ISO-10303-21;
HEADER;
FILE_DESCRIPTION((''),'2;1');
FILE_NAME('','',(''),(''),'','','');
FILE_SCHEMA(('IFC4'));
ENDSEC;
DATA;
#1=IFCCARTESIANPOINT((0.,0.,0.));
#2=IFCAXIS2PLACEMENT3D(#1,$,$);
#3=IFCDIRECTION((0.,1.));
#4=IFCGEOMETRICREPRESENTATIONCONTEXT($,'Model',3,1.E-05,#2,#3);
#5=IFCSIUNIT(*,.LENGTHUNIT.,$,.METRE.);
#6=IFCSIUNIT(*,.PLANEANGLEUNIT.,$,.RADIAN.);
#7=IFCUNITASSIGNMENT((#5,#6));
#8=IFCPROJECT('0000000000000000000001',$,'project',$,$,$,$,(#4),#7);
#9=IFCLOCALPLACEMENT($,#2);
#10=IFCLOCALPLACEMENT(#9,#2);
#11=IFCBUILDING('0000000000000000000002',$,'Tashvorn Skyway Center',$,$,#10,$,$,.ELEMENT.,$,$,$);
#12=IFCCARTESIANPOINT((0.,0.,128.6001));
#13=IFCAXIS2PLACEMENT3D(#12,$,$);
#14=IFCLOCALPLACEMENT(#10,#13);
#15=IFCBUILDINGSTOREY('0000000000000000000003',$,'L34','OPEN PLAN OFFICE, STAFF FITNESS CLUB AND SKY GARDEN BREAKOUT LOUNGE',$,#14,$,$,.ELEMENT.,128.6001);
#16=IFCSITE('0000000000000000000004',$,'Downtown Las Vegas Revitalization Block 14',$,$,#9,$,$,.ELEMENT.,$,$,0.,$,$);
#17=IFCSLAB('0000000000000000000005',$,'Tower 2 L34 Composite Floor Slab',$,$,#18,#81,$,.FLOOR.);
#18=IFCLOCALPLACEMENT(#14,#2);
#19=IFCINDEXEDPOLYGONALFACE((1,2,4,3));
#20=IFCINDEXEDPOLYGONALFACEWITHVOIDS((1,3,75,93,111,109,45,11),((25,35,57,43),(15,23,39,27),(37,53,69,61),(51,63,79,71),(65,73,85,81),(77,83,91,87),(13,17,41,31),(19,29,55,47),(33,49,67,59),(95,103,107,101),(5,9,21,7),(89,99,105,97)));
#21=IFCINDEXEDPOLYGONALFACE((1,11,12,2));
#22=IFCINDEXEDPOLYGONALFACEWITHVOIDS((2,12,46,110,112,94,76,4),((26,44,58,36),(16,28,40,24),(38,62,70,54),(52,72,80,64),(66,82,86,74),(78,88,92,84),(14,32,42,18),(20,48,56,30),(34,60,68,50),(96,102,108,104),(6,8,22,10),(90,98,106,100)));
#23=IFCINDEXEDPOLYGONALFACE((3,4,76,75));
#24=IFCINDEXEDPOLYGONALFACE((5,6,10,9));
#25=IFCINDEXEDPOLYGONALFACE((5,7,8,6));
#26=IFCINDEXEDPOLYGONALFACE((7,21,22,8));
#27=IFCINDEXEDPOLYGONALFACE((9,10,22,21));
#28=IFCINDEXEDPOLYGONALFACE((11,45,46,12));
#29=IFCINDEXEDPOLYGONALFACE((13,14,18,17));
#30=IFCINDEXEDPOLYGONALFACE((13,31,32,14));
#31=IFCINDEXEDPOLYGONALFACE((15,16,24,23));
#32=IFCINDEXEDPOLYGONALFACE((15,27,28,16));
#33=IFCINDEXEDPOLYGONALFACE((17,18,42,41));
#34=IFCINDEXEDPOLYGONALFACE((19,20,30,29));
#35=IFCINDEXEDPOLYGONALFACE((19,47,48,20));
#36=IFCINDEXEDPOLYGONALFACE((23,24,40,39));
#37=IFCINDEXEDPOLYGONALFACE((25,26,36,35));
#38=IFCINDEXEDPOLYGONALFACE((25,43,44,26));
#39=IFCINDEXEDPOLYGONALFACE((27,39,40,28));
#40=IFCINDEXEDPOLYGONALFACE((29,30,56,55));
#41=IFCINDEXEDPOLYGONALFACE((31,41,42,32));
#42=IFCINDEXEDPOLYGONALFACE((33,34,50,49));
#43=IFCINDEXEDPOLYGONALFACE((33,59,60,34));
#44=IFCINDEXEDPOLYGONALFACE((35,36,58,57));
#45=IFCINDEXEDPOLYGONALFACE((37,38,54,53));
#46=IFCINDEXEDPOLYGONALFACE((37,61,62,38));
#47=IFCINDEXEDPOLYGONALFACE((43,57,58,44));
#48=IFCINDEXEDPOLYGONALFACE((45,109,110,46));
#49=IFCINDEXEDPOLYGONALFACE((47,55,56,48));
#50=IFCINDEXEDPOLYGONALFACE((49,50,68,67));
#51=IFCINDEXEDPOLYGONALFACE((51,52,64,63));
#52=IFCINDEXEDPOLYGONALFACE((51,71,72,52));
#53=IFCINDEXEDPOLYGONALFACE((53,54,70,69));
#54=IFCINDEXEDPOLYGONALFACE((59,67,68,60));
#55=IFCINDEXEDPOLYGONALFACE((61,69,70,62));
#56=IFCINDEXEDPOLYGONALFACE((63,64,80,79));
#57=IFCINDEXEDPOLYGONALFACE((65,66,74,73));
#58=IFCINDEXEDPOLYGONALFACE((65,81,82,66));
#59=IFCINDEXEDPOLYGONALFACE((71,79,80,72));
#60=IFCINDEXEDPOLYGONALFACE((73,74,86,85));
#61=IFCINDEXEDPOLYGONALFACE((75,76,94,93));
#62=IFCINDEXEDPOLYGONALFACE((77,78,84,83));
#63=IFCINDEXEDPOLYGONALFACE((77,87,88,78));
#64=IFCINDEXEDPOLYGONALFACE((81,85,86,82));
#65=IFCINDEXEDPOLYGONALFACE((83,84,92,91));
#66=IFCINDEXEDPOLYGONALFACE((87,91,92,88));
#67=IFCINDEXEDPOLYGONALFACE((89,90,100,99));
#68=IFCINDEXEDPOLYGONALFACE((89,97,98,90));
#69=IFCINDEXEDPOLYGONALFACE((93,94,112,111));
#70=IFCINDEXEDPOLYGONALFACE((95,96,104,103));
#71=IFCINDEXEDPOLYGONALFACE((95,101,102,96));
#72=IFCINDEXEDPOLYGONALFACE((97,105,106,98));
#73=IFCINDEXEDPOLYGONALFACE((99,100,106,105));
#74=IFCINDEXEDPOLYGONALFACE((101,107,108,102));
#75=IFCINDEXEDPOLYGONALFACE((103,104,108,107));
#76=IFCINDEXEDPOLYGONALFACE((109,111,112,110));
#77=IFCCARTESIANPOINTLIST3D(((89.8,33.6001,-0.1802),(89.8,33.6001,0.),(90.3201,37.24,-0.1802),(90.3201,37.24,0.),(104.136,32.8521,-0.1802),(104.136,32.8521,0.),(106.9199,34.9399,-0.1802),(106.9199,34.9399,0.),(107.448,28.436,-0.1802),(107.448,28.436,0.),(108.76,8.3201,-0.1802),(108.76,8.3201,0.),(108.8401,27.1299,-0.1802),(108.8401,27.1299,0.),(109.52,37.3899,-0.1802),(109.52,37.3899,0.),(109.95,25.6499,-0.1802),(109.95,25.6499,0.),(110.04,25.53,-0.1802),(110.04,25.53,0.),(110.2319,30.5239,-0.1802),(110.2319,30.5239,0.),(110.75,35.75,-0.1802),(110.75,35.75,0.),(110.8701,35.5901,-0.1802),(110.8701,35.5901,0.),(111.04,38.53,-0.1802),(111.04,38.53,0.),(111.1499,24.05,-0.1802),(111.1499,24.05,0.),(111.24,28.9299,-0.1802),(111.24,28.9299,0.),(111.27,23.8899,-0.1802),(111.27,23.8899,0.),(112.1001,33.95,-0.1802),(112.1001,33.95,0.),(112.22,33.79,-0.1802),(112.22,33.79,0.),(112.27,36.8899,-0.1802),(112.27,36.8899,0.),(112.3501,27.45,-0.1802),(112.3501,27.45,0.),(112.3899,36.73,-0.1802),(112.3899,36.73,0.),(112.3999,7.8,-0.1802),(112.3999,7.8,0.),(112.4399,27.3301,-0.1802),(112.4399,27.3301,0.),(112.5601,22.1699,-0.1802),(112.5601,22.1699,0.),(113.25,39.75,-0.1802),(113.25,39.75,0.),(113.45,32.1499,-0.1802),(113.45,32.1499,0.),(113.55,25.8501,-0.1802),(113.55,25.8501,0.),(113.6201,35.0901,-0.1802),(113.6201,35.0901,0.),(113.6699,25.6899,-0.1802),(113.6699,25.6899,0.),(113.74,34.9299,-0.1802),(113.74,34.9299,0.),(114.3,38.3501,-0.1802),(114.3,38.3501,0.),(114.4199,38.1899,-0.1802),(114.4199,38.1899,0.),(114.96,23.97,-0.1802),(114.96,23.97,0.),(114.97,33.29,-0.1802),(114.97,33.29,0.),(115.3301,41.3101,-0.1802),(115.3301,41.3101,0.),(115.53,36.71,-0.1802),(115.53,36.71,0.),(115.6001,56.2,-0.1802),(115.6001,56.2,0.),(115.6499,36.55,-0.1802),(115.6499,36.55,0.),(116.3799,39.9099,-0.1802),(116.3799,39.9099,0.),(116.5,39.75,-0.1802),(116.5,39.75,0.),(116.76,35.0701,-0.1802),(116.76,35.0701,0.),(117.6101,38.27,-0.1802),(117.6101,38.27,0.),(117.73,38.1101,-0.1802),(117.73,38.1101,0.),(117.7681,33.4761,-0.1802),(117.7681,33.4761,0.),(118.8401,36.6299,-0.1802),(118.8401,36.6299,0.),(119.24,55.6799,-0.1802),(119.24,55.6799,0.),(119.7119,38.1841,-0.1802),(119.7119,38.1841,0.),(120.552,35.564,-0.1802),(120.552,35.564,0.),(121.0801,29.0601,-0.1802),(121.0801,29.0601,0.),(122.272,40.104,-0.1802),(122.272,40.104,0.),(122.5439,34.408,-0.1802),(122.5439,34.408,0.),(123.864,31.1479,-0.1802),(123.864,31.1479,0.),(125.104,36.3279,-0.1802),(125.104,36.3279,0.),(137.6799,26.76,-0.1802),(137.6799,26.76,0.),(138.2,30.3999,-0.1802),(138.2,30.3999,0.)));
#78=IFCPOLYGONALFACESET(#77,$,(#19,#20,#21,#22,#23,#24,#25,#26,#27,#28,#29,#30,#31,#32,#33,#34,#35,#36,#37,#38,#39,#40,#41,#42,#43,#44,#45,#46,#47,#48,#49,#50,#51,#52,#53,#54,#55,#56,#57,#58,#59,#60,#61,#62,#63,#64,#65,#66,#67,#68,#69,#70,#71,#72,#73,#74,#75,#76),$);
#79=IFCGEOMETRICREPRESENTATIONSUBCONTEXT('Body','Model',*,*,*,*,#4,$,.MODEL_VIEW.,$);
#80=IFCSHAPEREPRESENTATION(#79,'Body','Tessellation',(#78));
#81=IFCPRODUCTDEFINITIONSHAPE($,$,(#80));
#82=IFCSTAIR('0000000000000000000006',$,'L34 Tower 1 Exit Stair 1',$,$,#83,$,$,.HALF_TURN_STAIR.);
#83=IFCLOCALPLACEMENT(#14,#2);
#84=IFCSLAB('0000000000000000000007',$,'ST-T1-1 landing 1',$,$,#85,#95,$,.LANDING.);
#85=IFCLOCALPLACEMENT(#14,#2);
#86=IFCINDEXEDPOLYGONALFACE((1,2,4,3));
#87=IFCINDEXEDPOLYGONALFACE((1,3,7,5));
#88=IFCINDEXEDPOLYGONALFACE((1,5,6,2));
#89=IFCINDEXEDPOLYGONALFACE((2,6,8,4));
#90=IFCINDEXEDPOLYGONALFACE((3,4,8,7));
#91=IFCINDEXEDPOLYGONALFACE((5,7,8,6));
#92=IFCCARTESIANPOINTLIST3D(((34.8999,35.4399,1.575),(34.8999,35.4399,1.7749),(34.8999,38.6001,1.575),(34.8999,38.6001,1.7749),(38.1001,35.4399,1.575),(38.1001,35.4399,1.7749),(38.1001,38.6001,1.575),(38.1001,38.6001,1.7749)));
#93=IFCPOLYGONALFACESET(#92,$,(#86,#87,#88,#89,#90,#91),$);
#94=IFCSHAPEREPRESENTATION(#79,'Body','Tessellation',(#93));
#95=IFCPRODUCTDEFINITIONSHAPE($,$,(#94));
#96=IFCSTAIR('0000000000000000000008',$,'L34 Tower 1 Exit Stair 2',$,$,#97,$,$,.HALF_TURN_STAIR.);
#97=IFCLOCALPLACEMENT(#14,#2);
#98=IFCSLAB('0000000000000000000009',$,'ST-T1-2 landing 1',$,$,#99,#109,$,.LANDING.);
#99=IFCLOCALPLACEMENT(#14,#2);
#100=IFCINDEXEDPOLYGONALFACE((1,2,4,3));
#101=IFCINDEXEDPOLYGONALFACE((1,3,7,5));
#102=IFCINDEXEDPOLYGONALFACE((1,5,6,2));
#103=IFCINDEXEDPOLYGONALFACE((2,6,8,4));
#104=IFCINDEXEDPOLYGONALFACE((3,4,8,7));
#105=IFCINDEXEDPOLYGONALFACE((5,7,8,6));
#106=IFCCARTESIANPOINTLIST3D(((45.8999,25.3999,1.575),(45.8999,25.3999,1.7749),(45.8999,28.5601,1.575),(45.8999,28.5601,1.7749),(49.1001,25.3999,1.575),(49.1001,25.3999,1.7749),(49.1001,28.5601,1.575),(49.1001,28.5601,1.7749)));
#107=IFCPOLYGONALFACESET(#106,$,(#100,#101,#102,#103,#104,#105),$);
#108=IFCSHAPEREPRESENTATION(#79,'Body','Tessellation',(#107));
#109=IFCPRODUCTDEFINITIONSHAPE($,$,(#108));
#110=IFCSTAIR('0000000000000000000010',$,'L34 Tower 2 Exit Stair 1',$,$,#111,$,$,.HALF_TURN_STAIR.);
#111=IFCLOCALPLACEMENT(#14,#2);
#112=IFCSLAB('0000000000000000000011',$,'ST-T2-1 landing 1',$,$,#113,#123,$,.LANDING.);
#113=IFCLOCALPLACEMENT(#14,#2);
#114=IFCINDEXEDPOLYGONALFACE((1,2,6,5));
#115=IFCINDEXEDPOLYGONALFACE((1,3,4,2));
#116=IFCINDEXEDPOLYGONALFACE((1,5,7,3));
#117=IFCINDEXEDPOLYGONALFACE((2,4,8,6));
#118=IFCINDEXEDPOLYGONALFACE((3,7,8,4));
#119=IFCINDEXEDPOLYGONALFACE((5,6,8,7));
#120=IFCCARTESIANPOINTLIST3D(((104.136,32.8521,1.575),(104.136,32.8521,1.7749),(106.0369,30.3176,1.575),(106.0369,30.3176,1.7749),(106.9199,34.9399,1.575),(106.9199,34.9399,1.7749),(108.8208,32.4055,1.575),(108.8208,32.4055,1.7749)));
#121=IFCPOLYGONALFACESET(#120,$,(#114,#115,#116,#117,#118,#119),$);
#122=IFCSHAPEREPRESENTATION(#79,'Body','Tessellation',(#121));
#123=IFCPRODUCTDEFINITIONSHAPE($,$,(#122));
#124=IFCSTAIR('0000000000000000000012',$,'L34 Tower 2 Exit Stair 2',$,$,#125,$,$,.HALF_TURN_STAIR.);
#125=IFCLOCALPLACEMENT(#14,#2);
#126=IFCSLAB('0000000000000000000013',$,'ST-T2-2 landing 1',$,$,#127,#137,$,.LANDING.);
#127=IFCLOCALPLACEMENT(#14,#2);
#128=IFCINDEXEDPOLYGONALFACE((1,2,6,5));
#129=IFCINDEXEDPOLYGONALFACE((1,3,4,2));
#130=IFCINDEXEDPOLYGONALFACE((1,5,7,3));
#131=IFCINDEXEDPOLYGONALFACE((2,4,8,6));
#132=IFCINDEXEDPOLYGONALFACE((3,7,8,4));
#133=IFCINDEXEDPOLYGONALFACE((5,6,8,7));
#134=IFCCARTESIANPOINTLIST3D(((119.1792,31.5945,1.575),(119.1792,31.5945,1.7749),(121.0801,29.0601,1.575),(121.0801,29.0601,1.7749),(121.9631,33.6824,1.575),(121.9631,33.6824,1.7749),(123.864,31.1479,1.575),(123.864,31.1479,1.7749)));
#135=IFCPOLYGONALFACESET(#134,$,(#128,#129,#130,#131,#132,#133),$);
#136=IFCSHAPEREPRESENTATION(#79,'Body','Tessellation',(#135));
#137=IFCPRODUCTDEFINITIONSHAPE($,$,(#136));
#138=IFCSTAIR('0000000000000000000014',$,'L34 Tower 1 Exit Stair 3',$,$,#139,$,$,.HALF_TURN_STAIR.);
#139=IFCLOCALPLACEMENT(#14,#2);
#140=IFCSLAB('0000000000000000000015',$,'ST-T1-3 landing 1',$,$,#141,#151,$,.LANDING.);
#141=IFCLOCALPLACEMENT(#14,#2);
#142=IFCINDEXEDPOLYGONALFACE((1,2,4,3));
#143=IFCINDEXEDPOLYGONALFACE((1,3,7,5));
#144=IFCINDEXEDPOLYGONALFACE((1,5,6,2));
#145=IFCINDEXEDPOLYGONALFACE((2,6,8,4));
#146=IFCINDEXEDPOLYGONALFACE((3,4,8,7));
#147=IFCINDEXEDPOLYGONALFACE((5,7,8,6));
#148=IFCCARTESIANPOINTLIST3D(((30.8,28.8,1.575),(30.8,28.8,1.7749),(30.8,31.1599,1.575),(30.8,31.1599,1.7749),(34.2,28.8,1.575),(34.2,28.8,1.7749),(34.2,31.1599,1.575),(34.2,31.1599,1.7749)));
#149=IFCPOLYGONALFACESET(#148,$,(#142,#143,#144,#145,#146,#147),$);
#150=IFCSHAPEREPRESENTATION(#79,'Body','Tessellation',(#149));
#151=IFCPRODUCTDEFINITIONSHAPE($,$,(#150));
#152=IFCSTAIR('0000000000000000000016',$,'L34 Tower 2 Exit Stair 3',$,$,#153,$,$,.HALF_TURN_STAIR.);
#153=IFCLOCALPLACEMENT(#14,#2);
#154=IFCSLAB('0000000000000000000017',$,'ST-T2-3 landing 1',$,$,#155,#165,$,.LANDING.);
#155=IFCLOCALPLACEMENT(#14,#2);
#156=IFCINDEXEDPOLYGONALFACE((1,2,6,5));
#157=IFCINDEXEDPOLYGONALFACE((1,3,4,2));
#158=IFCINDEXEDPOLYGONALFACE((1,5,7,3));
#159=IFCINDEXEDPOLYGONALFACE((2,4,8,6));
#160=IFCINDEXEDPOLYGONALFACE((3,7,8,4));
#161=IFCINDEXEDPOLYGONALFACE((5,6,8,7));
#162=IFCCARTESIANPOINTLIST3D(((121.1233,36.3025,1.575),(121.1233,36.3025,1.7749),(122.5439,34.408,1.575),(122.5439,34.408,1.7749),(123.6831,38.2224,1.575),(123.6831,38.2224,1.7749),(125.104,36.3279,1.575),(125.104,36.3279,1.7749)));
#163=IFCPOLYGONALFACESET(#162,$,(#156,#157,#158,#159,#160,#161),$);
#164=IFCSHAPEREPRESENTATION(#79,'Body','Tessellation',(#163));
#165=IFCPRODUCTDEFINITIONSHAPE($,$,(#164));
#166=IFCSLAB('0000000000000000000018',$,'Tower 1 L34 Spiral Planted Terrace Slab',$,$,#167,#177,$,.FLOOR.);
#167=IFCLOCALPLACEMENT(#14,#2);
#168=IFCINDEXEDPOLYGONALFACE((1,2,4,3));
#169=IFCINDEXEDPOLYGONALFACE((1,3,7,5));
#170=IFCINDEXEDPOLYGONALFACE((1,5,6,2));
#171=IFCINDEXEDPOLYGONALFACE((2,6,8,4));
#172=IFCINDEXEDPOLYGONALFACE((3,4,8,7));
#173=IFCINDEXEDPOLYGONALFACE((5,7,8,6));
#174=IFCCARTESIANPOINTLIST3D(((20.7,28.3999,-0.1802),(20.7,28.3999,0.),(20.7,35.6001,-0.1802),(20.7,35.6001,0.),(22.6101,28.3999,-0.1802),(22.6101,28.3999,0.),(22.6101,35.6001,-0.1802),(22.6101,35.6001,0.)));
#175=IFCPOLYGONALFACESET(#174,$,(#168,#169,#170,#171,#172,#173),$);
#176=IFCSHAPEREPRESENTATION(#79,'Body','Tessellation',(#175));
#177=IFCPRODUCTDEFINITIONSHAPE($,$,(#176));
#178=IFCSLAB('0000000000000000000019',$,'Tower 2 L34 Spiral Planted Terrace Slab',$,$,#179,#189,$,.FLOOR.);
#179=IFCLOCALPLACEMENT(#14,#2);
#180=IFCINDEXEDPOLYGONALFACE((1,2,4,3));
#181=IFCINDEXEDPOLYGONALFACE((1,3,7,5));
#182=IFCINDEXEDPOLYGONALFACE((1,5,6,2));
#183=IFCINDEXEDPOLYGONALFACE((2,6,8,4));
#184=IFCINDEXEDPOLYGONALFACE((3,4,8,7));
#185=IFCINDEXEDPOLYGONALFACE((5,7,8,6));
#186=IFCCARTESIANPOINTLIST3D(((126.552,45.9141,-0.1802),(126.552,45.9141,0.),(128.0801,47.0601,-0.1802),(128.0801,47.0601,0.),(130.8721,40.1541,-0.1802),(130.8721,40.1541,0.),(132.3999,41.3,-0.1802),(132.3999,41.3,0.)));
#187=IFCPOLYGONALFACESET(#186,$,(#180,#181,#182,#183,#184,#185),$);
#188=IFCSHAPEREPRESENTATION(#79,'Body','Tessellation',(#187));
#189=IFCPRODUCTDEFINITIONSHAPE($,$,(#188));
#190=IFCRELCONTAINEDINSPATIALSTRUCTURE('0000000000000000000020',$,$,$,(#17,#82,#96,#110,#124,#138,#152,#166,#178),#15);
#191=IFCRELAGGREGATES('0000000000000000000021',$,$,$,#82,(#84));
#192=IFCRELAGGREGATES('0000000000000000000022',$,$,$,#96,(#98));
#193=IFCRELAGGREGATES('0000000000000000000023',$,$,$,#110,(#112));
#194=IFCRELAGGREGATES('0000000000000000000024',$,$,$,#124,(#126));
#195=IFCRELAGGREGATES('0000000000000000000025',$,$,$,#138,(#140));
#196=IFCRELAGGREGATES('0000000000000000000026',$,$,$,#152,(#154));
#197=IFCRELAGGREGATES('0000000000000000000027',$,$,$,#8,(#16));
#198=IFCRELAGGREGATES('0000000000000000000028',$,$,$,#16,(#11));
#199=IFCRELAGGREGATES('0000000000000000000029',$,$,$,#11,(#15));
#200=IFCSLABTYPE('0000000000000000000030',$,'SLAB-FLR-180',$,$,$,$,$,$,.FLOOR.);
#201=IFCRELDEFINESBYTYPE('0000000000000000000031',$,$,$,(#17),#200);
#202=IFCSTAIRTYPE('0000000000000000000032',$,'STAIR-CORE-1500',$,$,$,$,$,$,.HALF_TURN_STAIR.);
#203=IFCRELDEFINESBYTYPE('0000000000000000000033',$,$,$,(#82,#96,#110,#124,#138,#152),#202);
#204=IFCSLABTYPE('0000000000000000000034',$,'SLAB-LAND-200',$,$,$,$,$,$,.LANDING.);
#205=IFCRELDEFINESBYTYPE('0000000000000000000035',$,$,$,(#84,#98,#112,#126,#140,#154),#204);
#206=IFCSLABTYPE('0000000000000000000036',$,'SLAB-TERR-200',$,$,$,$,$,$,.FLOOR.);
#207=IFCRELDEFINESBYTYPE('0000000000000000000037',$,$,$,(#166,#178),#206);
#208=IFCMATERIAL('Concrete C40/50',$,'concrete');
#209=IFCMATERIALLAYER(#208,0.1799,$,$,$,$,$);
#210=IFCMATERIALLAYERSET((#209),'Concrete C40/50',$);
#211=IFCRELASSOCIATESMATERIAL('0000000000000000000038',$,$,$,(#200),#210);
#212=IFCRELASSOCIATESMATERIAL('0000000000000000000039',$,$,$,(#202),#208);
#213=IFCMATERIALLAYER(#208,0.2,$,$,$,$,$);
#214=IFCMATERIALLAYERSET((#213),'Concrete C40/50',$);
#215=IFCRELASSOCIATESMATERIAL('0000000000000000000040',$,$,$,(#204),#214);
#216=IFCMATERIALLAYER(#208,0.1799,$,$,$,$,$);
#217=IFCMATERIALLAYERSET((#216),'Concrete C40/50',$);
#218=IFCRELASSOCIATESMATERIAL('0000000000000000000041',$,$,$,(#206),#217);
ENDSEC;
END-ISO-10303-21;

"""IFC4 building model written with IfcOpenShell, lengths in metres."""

from ifc_helpers import new_model, si_unit, direction, frame, origin, place, context, subcontext, project, spatial, polyline, outline, extrude, material, layer, layer_set, type_object, element, aggregate, save


model = new_model("IFC4")

# Units and contexts
model_context = context("Model", 3, precision=1e-05, world=origin(), true_north=direction((0.0, 1.0)))
body_context = subcontext(model_context, "Body", "Model", "MODEL_VIEW")
ifc_project = project(units=[si_unit("LENGTHUNIT", "METRE"), si_unit("PLANEANGLEUNIT", "RADIAN")], contexts=[model_context])

# Site, building, storey
site_placement = place(None, origin())
site = spatial("IfcSite", under=ifc_project, at=site_placement, Name="Downtown Las Vegas Revitalization Block 14", CompositionType="ELEMENT", RefElevation=0.0)
building_placement = place(site_placement, origin())
building = spatial("IfcBuilding", under=site, at=building_placement, Name="Tashvorn Skyway Center", CompositionType="ELEMENT")
storey_placement = place(building_placement, frame((0.0, 0.0, 128.6001)))
storey = spatial("IfcBuildingStorey", under=building, at=storey_placement, Name="L34", Description="OPEN PLAN OFFICE, STAFF FITNESS CLUB AND SKY GARDEN BREAKOUT LOUNGE", CompositionType="ELEMENT", Elevation=128.6001)

# Slab
ifc_material_1 = material(Name="Concrete C40/50", Category="concrete")
ifc_layer_1 = layer(ifc_material_1, 0.1799)
ifc_layer_set_1 = layer_set([ifc_layer_1], Name="Concrete C40/50")
slab_type_1 = type_object("IfcSlabType", Name="SLAB-FLR-180", PredefinedType="FLOOR", material=ifc_layer_set_1)
slab_1_placement = place(storey_placement, frame((0.0, 0.0, -0.1802)))
element("IfcSlab", 1, at=slab_1_placement, inside=storey, type_object=slab_type_1, Name="Tower 2 L34 Composite Floor Slab", PredefinedType="FLOOR", context=body_context, shape_type="SweptSolid", body=[
    extrude(outline(polyline([(112.3999, 7.8), (137.6799, 26.76), (138.2, 30.3999), (119.24, 55.6799), (115.6001, 56.2), (90.3201, 37.24), (89.8, 33.6001), (108.76, 8.3201), (112.3999, 7.8)]), holes=[polyline([(110.2319, 30.5239), (106.9199, 34.9399), (104.136, 32.8521), (107.448, 28.436), (110.2319, 30.5239)]), polyline([(117.7681, 33.4761), (121.0801, 29.0601), (123.864, 31.1479), (120.552, 35.564), (117.7681, 33.4761)]), polyline([(119.7119, 38.1841), (122.5439, 34.408), (125.104, 36.3279), (122.272, 40.104), (119.7119, 38.1841)]), polyline([(109.95, 25.6499), (112.3501, 27.45), (111.24, 28.9299), (108.8401, 27.1299), (109.95, 25.6499)]), polyline([(111.1499, 24.05), (113.55, 25.8501), (112.4399, 27.3301), (110.04, 25.53), (111.1499, 24.05)]), polyline([(112.5601, 22.1699), (114.96, 23.97), (113.6699, 25.6899), (111.27, 23.8899), (112.5601, 22.1699)]), polyline([(113.45, 32.1499), (114.97, 33.29), (113.74, 34.9299), (112.22, 33.79), (113.45, 32.1499)]), polyline([(112.1001, 33.95), (113.6201, 35.0901), (112.3899, 36.73), (110.8701, 35.5901), (112.1001, 33.95)]), polyline([(110.75, 35.75), (112.27, 36.8899), (111.04, 38.53), (109.52, 37.3899), (110.75, 35.75)]), polyline([(116.76, 35.0701), (118.8401, 36.6299), (117.73, 38.1101), (115.6499, 36.55), (116.76, 35.0701)]), polyline([(115.53, 36.71), (117.6101, 38.27), (116.5, 39.75), (114.4199, 38.1899), (115.53, 36.71)]), polyline([(114.3, 38.3501), (116.3799, 39.9099), (115.3301, 41.3101), (113.25, 39.75), (114.3, 38.3501)])]), origin(), (0.0, 0.0, 1.0), 0.1802),
])

# Stairs, slabs
stair_type = type_object("IfcStairType", Name="STAIR-CORE-1500", PredefinedType="HALF_TURN_STAIR", material=ifc_material_1)
stair_1_placement = place(storey_placement, origin())
stair_1 = element("IfcStair", 2, at=stair_1_placement, inside=storey, type_object=stair_type, Name="L34 Tower 1 Exit Stair 1", PredefinedType="HALF_TURN_STAIR")
ifc_layer_2 = layer(ifc_material_1, 0.2)
ifc_layer_set_2 = layer_set([ifc_layer_2], Name="Concrete C40/50")
slab_type_2 = type_object("IfcSlabType", Name="SLAB-LAND-200", PredefinedType="LANDING", material=ifc_layer_set_2)
slab_2_placement = place(storey_placement, frame((0.0, 0.0, 1.575)))
slab_2 = element("IfcSlab", 3, at=slab_2_placement, type_object=slab_type_2, Name="ST-T1-1 landing 1", PredefinedType="LANDING", context=body_context, shape_type="SweptSolid", body=[
    extrude(outline(polyline([(38.1001, 35.4399), (38.1001, 38.6001), (34.8999, 38.6001), (34.8999, 35.4399), (38.1001, 35.4399)])), origin(), (0.0, 0.0, 1.0), 0.2),
])
aggregate(stair_1, [slab_2])
stair_2_placement = place(storey_placement, origin())
stair_2 = element("IfcStair", 4, at=stair_2_placement, inside=storey, type_object=stair_type, Name="L34 Tower 1 Exit Stair 2", PredefinedType="HALF_TURN_STAIR")
slab_3_placement = place(storey_placement, frame((0.0, 0.0, 1.575)))
slab_3 = element("IfcSlab", 5, at=slab_3_placement, type_object=slab_type_2, Name="ST-T1-2 landing 1", PredefinedType="LANDING", context=body_context, shape_type="SweptSolid", body=[
    extrude(outline(polyline([(45.8999, 28.5601), (45.8999, 25.3999), (49.1001, 25.3999), (49.1001, 28.5601), (45.8999, 28.5601)])), origin(), (0.0, 0.0, 1.0), 0.2),
])
aggregate(stair_2, [slab_3])
stair_3_placement = place(storey_placement, origin())
stair_3 = element("IfcStair", 6, at=stair_3_placement, inside=storey, type_object=stair_type, Name="L34 Tower 2 Exit Stair 1", PredefinedType="HALF_TURN_STAIR")
slab_4_placement = place(storey_placement, frame((0.0, 0.0, 1.575)))
slab_4 = element("IfcSlab", 7, at=slab_4_placement, type_object=slab_type_2, Name="ST-T2-1 landing 1", PredefinedType="LANDING", context=body_context, shape_type="SweptSolid", body=[
    extrude(outline(polyline([(108.8208, 32.4055), (106.9199, 34.9399), (104.136, 32.8521), (106.0369, 30.3176), (108.8208, 32.4055)])), origin(), (0.0, 0.0, 1.0), 0.2),
])
aggregate(stair_3, [slab_4])
stair_4_placement = place(storey_placement, origin())
stair_4 = element("IfcStair", 8, at=stair_4_placement, inside=storey, type_object=stair_type, Name="L34 Tower 2 Exit Stair 2", PredefinedType="HALF_TURN_STAIR")
slab_5_placement = place(storey_placement, frame((0.0, 0.0, 1.575)))
slab_5 = element("IfcSlab", 9, at=slab_5_placement, type_object=slab_type_2, Name="ST-T2-2 landing 1", PredefinedType="LANDING", context=body_context, shape_type="SweptSolid", body=[
    extrude(outline(polyline([(119.1792, 31.5945), (121.0801, 29.0601), (123.864, 31.1479), (121.9631, 33.6824), (119.1792, 31.5945)])), origin(), (0.0, 0.0, 1.0), 0.2),
])
aggregate(stair_4, [slab_5])
stair_5_placement = place(storey_placement, origin())
stair_5 = element("IfcStair", 10, at=stair_5_placement, inside=storey, type_object=stair_type, Name="L34 Tower 1 Exit Stair 3", PredefinedType="HALF_TURN_STAIR")
slab_6_placement = place(storey_placement, frame((0.0, 0.0, 1.575)))
slab_6 = element("IfcSlab", 11, at=slab_6_placement, type_object=slab_type_2, Name="ST-T1-3 landing 1", PredefinedType="LANDING", context=body_context, shape_type="SweptSolid", body=[
    extrude(outline(polyline([(30.8, 31.1599), (30.8, 28.8), (34.2, 28.8), (34.2, 31.1599), (30.8, 31.1599)])), origin(), (0.0, 0.0, 1.0), 0.2),
])
aggregate(stair_5, [slab_6])
stair_6_placement = place(storey_placement, origin())
stair_6 = element("IfcStair", 12, at=stair_6_placement, inside=storey, type_object=stair_type, Name="L34 Tower 2 Exit Stair 3", PredefinedType="HALF_TURN_STAIR")
slab_7_placement = place(storey_placement, frame((0.0, 0.0, 1.575)))
slab_7 = element("IfcSlab", 13, at=slab_7_placement, type_object=slab_type_2, Name="ST-T2-3 landing 1", PredefinedType="LANDING", context=body_context, shape_type="SweptSolid", body=[
    extrude(outline(polyline([(121.1233, 36.3025), (122.5439, 34.408), (125.104, 36.3279), (123.6831, 38.2224), (121.1233, 36.3025)])), origin(), (0.0, 0.0, 1.0), 0.2),
])
aggregate(stair_6, [slab_7])

# Slabs
ifc_layer_3 = layer(ifc_material_1, 0.1799)
ifc_layer_set_3 = layer_set([ifc_layer_3], Name="Concrete C40/50")
slab_type_3 = type_object("IfcSlabType", Name="SLAB-TERR-200", PredefinedType="FLOOR", material=ifc_layer_set_3)
slab_8_placement = place(storey_placement, frame((0.0, 0.0, -0.1802)))
element("IfcSlab", 14, at=slab_8_placement, inside=storey, type_object=slab_type_3, Name="Tower 1 L34 Spiral Planted Terrace Slab", PredefinedType="FLOOR", context=body_context, shape_type="SweptSolid", body=[
    extrude(outline(polyline([(20.7, 28.3999), (22.6101, 28.3999), (22.6101, 35.6001), (20.7, 35.6001), (20.7, 28.3999)])), origin(), (0.0, 0.0, 1.0), 0.1802),
])
slab_9_placement = place(storey_placement, frame((0.0, 0.0, -0.1802)))
element("IfcSlab", 15, at=slab_9_placement, inside=storey, type_object=slab_type_3, Name="Tower 2 L34 Spiral Planted Terrace Slab", PredefinedType="FLOOR", context=body_context, shape_type="SweptSolid", body=[
    extrude(outline(polyline([(130.8721, 40.1541), (132.3999, 41.3), (128.0801, 47.0601), (126.552, 45.9141), (130.8721, 40.1541)])), origin(), (0.0, 0.0, 1.0), 0.1802),
])

save(model, "model.ifc")
